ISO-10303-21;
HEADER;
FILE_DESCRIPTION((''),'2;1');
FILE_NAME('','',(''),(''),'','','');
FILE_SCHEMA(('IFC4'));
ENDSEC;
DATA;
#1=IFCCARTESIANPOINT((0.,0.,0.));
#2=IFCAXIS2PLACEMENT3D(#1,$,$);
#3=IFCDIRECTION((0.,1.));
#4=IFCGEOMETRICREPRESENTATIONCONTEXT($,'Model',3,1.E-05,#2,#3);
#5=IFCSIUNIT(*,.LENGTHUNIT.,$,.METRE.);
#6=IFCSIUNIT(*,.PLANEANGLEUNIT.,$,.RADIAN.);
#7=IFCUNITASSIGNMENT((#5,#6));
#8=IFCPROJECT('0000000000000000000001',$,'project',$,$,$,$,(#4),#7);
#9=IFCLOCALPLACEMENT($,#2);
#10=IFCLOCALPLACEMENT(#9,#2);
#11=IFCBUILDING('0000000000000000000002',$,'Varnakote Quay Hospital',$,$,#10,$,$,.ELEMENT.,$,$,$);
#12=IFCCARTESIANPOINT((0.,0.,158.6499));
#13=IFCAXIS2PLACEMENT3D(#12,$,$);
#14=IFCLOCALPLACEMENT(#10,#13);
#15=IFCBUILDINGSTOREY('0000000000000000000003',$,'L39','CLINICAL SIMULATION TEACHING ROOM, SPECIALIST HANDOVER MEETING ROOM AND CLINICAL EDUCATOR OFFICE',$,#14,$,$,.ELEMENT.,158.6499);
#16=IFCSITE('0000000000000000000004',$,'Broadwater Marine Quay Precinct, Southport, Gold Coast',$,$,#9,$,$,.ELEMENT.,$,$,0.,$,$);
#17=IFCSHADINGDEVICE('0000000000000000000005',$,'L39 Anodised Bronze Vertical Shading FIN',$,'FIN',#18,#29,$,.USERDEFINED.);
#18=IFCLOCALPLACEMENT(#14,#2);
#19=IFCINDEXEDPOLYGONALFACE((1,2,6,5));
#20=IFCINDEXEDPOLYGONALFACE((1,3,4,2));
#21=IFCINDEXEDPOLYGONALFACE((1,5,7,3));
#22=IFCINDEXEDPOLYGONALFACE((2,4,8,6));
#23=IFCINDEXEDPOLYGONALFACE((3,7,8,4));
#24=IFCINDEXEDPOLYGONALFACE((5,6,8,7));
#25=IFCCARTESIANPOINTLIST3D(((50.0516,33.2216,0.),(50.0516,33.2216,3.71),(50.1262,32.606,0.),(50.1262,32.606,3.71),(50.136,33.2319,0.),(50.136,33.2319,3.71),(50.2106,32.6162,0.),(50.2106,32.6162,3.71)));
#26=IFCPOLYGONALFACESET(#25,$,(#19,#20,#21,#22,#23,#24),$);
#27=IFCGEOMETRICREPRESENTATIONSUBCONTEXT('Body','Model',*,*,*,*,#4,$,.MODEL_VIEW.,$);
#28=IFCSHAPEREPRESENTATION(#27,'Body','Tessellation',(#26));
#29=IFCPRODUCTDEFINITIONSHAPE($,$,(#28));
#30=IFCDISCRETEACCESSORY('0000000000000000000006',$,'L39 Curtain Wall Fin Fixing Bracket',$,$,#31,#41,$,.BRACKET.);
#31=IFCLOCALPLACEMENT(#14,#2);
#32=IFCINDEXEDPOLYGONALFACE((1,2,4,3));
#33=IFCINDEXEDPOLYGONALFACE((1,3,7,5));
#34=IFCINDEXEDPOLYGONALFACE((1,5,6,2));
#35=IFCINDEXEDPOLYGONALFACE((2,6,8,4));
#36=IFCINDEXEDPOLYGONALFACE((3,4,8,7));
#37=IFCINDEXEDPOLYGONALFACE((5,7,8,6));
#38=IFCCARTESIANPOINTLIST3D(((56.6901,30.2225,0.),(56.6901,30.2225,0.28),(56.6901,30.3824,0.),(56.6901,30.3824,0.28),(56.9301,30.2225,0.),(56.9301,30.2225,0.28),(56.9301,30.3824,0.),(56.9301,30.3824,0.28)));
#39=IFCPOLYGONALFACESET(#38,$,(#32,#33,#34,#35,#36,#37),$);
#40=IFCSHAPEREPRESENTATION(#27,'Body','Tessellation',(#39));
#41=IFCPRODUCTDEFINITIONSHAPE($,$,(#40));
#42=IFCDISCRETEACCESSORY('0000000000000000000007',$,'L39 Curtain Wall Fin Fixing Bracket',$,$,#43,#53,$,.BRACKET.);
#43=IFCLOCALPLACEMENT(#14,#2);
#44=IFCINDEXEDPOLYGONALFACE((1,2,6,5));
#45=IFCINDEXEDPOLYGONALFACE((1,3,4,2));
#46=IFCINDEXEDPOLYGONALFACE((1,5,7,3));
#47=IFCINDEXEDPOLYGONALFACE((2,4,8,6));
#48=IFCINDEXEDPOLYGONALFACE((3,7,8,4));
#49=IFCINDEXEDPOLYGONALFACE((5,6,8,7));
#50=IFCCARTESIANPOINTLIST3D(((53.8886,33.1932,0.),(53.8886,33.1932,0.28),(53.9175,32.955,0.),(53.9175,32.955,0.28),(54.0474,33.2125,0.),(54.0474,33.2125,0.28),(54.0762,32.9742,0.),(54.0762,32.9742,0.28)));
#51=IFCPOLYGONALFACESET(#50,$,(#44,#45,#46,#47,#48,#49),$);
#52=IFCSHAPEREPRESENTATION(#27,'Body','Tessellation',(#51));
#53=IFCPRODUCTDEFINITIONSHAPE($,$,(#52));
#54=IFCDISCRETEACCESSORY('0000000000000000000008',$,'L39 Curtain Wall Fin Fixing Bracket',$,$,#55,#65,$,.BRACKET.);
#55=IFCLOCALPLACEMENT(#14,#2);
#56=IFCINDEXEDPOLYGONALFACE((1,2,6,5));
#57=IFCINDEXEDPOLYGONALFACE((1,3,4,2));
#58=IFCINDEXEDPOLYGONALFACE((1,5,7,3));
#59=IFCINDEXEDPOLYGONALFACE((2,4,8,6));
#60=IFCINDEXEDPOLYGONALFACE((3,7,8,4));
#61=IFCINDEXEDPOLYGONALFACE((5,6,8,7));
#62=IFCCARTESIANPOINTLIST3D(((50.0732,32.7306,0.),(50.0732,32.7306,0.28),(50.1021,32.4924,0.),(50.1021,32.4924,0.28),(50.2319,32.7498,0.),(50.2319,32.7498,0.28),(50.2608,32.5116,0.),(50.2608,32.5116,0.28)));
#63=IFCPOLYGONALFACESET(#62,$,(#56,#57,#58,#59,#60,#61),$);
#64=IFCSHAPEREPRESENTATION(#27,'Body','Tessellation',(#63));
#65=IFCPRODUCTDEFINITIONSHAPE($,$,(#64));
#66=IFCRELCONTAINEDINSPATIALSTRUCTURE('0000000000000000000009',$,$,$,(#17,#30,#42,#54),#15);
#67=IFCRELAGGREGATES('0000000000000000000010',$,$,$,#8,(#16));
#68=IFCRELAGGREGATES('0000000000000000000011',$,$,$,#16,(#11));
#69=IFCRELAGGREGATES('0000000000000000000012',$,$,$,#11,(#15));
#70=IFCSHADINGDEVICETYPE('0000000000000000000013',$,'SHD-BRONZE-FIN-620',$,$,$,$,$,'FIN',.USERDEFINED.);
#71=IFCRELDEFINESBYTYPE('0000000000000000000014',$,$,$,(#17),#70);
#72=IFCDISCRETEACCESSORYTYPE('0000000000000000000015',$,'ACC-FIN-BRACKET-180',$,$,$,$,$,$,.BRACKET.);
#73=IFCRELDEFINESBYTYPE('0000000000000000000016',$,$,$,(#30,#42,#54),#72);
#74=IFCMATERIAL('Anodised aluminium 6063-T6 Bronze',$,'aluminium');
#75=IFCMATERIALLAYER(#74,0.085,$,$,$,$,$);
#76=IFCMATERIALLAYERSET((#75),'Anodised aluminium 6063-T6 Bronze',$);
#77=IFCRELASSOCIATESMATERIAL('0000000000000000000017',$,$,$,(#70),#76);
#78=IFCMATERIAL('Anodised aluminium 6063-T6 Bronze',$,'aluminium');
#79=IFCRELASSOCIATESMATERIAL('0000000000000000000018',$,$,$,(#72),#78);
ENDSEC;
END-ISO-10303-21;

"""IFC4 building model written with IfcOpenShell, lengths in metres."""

from ifc_helpers import new_model, si_unit, direction, frame, origin, origin_2d, place, context, subcontext, project, spatial, rectangle, extrude, material, layer, layer_set, type_object, element, save


model = new_model("IFC4")

# Units and contexts
model_context = context("Model", 3, precision=1e-05, world=origin(), true_north=direction((0.0, 1.0)))
body_context = subcontext(model_context, "Body", "Model", "MODEL_VIEW")
ifc_project = project(units=[si_unit("LENGTHUNIT", "METRE"), si_unit("PLANEANGLEUNIT", "RADIAN")], contexts=[model_context])

# Site, building, storey
site_placement = place(None, origin())
site = spatial("IfcSite", under=ifc_project, at=site_placement, Name="Broadwater Marine Quay Precinct, Southport, Gold Coast", CompositionType="ELEMENT", RefElevation=0.0)
building_placement = place(site_placement, origin())
building = spatial("IfcBuilding", under=site, at=building_placement, Name="Varnakote Quay Hospital", CompositionType="ELEMENT")
storey_placement = place(building_placement, frame((0.0, 0.0, 158.6499)))
storey = spatial("IfcBuildingStorey", under=building, at=storey_placement, Name="L39", Description="CLINICAL SIMULATION TEACHING ROOM, SPECIALIST HANDOVER MEETING ROOM AND CLINICAL EDUCATOR OFFICE", CompositionType="ELEMENT", Elevation=158.6499)

# Shading device
ifc_material_1 = material(Name="Anodised aluminium 6063-T6 Bronze", Category="aluminium")
ifc_layer_1 = layer(ifc_material_1, 0.085)
ifc_layer_set_1 = layer_set([ifc_layer_1], Name="Anodised aluminium 6063-T6 Bronze")
shading_device_type = type_object("IfcShadingDeviceType", Name="SHD-BRONZE-FIN-620", ElementType="FIN", PredefinedType="USERDEFINED", material=ifc_layer_set_1)
for number, where, z_axis, x_axis, name in (
    (1, (50.1311, 32.9189, 0.0), (0.0, 0.0, 1.0), (0.12031, -0.992736, 0.0), "L39 Anodised Bronze Vertical Shading FIN"),
):
    element("IfcShadingDevice", number, at=place(storey_placement, frame(where, z_axis=z_axis, x_axis=x_axis)), inside=storey, type_object=shading_device_type, Name=name, ObjectType="FIN", PredefinedType="USERDEFINED", context=body_context, shape_type="SweptSolid", body=[
        extrude(rectangle(XDim=0.6201, YDim=0.085, at=origin_2d()), origin(), (0.0, 0.0, 1.0), 3.71),
    ])

# Discrete accessories
ifc_material_2 = material(Name="Anodised aluminium 6063-T6 Bronze", Category="aluminium")
discrete_accessory_type = type_object("IfcDiscreteAccessoryType", Name="ACC-FIN-BRACKET-180", PredefinedType="BRACKET", material=ifc_material_2)
for number, where, z_axis, x_axis, name in (
    (2, (56.8101, 30.3025, 0.0), (0.0, 0.0, 1.0), (0.0, 1.0, 0.0), "L39 Curtain Wall Fin Fixing Bracket"),
    (3, (53.9824, 33.0837, 0.0), (0.0, 0.0, 1.0), (-0.992736, -0.12031, 0.0), "L39 Curtain Wall Fin Fixing Bracket"),
    (4, (50.167, 32.6211, 0.0), (0.0, 0.0, 1.0), (-0.992736, -0.12031, 0.0), "L39 Curtain Wall Fin Fixing Bracket"),
):
    element("IfcDiscreteAccessory", number, at=place(storey_placement, frame(where, z_axis=z_axis, x_axis=x_axis)), inside=storey, type_object=discrete_accessory_type, Name=name, PredefinedType="BRACKET", context=body_context, shape_type="SweptSolid", body=[
        extrude(rectangle(XDim=0.1599, YDim=0.24, at=origin_2d()), origin(), (0.0, 0.0, 1.0), 0.28),
    ])

save(model, "model.ifc")
